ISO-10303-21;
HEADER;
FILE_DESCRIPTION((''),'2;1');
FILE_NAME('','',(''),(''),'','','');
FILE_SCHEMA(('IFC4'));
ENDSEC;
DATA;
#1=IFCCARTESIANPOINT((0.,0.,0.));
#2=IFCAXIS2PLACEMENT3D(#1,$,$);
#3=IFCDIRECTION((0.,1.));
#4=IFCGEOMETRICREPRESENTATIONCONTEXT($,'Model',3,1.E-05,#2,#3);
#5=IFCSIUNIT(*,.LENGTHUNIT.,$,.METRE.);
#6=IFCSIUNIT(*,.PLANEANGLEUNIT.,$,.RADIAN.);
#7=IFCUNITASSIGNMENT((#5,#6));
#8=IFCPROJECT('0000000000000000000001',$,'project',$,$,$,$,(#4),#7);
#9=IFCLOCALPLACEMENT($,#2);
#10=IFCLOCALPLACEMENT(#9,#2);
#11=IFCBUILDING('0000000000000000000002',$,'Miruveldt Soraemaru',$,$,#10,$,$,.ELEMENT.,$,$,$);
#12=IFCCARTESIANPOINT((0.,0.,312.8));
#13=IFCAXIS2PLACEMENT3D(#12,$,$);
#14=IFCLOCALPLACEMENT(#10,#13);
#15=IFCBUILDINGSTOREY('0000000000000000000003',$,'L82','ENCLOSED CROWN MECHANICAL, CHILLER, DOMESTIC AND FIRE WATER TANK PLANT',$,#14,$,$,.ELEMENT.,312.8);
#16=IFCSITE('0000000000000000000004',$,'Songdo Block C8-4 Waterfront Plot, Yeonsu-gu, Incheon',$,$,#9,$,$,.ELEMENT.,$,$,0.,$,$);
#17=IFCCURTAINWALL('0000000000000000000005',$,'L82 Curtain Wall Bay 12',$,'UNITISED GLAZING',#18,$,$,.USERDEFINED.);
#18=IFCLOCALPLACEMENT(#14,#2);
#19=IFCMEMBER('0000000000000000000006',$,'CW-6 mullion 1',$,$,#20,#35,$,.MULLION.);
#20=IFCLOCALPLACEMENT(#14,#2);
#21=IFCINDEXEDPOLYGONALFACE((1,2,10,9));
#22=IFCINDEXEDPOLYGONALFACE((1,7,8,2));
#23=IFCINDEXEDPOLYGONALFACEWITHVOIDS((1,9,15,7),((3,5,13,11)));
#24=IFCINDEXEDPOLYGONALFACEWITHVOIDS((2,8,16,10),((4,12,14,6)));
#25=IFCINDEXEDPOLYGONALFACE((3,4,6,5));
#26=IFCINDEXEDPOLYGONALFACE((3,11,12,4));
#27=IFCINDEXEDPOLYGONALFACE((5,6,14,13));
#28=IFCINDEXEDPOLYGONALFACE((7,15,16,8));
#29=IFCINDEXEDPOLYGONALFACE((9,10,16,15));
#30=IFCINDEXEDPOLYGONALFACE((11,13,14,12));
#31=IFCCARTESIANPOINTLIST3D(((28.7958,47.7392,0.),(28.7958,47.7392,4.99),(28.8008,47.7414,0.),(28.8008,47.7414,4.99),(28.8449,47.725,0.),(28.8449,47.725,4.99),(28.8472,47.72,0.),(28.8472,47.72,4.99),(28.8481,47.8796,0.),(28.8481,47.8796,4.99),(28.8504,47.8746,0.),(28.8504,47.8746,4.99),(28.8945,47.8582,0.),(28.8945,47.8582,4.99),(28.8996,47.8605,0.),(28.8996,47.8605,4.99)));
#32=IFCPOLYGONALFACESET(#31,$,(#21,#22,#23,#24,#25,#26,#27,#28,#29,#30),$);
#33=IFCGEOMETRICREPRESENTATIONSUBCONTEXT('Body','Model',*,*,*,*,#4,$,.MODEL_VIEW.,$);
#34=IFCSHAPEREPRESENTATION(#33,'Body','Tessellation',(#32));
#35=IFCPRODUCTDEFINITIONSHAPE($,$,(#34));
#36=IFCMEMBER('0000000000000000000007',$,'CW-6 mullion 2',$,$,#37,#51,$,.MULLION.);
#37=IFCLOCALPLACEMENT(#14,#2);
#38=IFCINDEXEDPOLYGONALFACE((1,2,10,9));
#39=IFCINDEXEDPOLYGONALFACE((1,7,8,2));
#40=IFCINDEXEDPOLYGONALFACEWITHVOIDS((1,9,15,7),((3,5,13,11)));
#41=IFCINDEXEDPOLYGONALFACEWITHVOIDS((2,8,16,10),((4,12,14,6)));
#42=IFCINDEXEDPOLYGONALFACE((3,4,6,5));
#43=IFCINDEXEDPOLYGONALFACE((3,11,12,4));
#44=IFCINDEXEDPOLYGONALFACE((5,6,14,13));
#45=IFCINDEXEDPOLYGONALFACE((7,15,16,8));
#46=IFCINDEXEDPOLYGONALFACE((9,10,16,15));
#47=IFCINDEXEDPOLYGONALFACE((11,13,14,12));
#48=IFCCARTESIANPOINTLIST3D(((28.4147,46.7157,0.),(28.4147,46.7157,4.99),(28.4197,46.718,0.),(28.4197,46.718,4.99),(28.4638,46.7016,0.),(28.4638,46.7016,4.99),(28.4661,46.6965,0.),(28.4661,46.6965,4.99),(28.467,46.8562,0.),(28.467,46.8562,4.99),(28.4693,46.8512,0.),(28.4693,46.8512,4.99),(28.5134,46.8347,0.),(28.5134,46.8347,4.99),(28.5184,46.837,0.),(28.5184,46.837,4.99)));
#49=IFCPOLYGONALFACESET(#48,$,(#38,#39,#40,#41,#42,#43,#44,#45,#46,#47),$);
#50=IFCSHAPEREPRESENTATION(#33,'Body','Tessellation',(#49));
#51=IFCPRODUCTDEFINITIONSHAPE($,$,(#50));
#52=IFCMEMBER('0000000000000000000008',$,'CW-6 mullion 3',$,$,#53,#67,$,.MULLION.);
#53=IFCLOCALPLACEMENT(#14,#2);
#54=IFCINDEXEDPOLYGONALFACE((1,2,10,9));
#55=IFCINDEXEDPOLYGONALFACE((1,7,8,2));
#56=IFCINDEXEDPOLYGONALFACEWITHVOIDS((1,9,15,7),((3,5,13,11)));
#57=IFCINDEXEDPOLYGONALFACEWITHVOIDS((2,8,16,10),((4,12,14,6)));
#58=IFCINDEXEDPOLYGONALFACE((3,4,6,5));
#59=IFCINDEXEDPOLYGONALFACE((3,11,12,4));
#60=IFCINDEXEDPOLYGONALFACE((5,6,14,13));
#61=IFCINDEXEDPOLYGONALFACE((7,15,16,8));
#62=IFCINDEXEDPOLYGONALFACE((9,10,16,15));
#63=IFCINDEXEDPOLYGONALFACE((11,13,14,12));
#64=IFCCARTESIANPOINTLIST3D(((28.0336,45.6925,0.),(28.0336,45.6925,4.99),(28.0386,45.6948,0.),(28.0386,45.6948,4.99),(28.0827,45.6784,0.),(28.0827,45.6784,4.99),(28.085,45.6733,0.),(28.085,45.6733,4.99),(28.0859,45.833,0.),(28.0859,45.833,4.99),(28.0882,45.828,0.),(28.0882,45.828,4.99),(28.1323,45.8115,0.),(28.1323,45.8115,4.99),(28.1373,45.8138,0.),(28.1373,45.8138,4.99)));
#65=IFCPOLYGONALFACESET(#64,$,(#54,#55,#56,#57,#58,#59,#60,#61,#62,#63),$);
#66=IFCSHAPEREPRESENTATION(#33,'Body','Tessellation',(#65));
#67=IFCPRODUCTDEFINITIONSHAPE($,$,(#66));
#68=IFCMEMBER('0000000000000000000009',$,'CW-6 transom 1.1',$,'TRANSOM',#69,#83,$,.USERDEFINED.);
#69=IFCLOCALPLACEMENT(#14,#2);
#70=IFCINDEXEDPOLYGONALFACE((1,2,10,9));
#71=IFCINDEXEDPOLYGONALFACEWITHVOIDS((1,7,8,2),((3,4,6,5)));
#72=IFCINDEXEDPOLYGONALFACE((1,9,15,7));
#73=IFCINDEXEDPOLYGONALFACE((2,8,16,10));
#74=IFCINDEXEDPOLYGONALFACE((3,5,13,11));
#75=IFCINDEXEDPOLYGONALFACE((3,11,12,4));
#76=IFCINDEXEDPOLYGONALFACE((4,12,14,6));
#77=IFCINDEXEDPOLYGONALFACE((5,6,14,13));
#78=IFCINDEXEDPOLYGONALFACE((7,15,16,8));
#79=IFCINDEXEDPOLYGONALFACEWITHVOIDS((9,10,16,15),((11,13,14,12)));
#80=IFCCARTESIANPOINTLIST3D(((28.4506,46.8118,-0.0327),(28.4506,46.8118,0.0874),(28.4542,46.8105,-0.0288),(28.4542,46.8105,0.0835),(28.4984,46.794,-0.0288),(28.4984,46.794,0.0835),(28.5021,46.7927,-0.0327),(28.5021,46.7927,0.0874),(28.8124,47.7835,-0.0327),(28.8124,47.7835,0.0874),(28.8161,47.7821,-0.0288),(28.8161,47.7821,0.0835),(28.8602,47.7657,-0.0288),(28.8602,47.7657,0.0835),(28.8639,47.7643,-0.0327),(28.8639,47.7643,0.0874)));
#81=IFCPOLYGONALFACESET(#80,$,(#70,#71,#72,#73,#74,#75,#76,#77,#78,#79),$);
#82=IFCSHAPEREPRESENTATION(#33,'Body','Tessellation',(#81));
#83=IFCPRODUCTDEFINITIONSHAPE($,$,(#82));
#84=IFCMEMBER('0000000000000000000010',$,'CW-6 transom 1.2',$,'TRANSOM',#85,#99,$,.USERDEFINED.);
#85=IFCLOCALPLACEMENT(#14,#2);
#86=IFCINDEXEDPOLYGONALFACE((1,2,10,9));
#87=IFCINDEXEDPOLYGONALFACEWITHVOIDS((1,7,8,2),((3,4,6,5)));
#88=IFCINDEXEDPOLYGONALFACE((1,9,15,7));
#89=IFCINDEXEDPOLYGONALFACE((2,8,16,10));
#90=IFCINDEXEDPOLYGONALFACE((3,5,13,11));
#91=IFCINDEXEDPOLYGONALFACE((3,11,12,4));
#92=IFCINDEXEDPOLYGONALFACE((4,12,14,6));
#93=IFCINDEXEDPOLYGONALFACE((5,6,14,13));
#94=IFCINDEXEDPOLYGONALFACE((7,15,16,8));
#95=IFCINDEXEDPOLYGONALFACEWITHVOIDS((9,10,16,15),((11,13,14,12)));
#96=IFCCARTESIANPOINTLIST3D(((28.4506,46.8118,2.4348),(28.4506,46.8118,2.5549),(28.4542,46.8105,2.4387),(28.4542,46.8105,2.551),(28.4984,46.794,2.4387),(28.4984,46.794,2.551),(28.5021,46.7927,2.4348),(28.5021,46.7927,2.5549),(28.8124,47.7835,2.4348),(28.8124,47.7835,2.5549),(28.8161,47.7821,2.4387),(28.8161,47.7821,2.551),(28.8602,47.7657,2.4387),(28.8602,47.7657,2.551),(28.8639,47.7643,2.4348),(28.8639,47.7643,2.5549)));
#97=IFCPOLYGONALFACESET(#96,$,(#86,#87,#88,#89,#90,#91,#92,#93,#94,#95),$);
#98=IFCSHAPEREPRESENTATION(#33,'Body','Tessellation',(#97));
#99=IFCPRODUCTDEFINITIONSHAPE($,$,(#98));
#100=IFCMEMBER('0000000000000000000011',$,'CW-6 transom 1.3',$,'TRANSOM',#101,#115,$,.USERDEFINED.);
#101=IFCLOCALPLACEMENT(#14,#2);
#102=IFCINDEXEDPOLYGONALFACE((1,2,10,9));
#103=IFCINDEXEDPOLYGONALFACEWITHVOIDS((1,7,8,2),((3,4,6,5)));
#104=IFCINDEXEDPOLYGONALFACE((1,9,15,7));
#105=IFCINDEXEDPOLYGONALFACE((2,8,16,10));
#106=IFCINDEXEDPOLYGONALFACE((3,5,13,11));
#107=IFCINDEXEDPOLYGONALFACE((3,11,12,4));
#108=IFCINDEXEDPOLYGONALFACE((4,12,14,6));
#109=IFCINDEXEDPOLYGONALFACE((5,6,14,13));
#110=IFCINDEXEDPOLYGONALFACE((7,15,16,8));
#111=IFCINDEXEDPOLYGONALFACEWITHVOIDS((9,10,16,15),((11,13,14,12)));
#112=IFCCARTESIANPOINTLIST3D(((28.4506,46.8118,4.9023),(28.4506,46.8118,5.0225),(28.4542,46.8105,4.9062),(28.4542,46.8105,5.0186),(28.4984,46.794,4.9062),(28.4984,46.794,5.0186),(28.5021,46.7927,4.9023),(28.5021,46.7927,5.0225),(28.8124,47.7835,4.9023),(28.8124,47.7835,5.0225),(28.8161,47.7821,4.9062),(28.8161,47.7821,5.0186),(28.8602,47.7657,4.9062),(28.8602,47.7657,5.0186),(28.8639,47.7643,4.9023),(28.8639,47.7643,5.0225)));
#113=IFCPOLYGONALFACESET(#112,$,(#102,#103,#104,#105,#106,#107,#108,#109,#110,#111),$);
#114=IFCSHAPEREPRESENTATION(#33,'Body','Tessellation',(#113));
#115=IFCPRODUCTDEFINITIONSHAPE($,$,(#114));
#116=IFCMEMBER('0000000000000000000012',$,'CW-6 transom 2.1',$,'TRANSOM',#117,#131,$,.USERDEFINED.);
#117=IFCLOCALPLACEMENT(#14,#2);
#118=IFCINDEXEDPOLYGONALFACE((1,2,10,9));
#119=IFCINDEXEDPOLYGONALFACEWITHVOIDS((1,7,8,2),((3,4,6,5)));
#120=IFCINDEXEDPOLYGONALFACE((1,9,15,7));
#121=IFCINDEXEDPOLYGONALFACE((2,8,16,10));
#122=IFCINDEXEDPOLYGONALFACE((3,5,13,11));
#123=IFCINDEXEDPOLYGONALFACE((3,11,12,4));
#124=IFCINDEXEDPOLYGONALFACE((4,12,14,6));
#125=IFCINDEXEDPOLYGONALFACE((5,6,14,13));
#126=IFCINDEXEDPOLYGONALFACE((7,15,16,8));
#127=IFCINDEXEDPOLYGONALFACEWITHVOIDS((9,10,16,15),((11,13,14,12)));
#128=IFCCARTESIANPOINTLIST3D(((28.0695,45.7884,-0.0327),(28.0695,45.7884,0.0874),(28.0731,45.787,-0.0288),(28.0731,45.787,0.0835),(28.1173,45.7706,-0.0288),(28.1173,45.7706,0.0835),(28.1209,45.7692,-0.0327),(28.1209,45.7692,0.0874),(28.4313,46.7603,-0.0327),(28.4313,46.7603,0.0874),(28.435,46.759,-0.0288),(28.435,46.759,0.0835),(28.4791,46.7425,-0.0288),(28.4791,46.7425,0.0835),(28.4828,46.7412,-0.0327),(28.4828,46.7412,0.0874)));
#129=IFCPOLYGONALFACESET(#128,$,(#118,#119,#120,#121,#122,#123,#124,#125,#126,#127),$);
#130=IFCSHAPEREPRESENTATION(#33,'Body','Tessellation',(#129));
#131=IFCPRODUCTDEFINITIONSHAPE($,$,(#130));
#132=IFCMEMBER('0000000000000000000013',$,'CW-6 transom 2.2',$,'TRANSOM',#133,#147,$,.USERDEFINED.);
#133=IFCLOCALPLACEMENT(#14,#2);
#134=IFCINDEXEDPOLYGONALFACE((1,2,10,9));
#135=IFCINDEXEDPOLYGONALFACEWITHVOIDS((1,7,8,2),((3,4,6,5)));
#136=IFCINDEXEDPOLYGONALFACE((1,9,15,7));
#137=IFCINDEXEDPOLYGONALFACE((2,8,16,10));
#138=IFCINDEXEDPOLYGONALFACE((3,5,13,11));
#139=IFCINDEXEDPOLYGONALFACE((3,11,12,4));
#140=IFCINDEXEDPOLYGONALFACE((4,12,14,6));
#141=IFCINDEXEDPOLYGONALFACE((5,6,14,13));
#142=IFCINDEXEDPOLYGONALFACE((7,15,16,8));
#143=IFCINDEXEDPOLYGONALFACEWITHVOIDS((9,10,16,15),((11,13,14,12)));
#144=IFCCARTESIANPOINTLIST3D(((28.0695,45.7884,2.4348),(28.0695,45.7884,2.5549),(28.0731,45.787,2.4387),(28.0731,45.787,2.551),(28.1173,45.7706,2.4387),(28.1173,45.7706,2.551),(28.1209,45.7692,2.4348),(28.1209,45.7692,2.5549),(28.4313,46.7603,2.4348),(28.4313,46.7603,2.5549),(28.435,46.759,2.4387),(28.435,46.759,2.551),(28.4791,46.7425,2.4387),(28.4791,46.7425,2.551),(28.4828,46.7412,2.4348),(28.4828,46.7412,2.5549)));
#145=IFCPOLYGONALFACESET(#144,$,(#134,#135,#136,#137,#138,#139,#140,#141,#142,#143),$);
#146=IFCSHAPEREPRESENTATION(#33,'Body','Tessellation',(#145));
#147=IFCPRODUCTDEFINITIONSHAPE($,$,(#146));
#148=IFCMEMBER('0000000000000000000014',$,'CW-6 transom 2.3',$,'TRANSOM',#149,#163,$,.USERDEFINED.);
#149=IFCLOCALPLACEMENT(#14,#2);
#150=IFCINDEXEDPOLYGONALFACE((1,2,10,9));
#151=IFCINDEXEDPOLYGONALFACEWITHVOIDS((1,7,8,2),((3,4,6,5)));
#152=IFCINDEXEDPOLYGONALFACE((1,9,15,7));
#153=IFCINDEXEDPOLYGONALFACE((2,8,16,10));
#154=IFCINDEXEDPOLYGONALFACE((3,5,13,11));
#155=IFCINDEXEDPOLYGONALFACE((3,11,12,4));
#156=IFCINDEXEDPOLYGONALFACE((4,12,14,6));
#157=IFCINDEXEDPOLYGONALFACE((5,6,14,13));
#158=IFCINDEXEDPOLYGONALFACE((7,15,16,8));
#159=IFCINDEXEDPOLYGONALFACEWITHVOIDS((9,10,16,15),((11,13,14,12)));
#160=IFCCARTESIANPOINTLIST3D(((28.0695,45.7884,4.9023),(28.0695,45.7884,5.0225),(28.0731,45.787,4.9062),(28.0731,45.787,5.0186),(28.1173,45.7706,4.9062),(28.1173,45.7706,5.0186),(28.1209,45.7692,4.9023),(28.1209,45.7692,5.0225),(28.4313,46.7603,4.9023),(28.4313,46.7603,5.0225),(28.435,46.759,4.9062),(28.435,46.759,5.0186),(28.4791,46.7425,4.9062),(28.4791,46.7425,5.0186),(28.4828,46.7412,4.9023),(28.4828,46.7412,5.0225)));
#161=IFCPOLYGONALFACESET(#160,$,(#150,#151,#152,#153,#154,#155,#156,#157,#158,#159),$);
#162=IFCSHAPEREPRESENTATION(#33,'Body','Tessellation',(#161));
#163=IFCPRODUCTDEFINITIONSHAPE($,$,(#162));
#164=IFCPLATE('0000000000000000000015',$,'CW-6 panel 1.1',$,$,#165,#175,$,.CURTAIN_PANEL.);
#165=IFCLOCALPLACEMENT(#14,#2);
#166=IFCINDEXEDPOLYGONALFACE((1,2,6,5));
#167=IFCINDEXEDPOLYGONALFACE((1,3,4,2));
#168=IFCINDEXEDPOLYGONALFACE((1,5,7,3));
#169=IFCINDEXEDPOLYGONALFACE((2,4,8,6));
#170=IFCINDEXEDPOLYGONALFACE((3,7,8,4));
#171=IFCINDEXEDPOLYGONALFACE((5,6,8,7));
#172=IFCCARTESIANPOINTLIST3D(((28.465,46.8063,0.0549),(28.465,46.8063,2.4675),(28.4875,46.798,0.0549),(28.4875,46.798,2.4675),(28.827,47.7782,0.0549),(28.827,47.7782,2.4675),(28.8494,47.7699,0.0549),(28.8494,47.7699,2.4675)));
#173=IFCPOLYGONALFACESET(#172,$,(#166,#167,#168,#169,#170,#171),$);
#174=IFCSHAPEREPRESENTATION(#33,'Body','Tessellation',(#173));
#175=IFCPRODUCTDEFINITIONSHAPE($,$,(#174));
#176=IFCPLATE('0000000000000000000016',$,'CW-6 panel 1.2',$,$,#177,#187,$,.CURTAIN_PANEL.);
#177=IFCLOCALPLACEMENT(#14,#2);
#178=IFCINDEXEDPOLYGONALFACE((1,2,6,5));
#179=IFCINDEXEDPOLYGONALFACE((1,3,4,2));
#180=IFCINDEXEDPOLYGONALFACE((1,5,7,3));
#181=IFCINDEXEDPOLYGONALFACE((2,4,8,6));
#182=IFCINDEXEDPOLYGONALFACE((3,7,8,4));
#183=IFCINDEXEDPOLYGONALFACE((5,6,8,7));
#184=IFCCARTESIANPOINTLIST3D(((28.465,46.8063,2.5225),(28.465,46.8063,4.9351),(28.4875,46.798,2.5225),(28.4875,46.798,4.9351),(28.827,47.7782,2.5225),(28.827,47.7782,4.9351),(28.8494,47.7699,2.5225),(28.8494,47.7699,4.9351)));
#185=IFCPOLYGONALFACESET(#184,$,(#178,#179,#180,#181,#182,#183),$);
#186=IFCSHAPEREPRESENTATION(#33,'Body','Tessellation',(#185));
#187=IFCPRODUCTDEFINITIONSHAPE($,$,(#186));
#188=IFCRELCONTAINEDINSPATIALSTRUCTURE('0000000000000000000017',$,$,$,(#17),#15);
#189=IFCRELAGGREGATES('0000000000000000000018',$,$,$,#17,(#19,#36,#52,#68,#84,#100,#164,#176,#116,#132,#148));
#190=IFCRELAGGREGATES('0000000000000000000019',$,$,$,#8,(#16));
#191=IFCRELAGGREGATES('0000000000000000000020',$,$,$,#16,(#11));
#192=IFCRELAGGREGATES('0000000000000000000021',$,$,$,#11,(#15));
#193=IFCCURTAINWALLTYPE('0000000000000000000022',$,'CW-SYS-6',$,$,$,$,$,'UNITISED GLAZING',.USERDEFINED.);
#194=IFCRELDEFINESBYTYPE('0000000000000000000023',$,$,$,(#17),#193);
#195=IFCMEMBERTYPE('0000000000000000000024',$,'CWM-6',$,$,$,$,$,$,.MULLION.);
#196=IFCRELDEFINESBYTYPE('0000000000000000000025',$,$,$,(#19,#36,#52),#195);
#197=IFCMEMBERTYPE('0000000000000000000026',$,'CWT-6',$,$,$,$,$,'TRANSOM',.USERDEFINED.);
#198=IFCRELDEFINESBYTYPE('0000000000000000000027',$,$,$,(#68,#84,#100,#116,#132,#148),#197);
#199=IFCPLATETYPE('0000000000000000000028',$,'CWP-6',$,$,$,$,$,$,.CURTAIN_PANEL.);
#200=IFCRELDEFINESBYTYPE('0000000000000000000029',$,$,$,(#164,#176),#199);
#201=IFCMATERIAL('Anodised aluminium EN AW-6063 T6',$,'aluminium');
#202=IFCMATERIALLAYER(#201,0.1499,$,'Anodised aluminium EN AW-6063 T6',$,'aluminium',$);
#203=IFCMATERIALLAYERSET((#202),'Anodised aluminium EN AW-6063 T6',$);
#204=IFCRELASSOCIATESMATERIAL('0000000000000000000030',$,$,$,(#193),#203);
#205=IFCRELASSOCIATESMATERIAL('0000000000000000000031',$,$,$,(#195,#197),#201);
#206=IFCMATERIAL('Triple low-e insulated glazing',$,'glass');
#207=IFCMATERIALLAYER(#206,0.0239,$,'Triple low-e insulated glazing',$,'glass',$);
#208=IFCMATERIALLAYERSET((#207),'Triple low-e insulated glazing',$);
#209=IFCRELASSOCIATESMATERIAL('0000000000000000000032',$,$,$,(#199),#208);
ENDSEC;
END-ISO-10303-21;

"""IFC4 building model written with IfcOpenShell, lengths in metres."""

from ifc_helpers import new_model, si_unit, direction, frame, origin, origin_2d, place, context, subcontext, project, spatial, rectangle, hollow_rectangle, extrude, material, layer, layer_set, material_profile, profile_set, type_object, element, aggregate, save


model = new_model("IFC4")

# Units and contexts
model_context = context("Model", 3, precision=1e-05, world=origin(), true_north=direction((0.0, 1.0)))
body_context = subcontext(model_context, "Body", "Model", "MODEL_VIEW")
ifc_project = project(units=[si_unit("LENGTHUNIT", "METRE"), si_unit("PLANEANGLEUNIT", "RADIAN")], contexts=[model_context])

# Site, building, storey
site_placement = place(None, origin())
site = spatial("IfcSite", under=ifc_project, at=site_placement, Name="Songdo Block C8-4 Waterfront Plot, Yeonsu-gu, Incheon", CompositionType="ELEMENT", RefElevation=0.0)
building_placement = place(site_placement, origin())
building = spatial("IfcBuilding", under=site, at=building_placement, Name="Miruveldt Soraemaru", CompositionType="ELEMENT")
storey_placement = place(building_placement, frame((0.0, 0.0, 312.8)))
storey = spatial("IfcBuildingStorey", under=building, at=storey_placement, Name="L82", Description="ENCLOSED CROWN MECHANICAL, CHILLER, DOMESTIC AND FIRE WATER TANK PLANT", CompositionType="ELEMENT", Elevation=312.8)

# Curtain wall, members, plates
ifc_material_1 = material(Name="Anodised aluminium EN AW-6063 T6", Category="aluminium")
ifc_layer_1 = layer(ifc_material_1, 0.1499, Name="Anodised aluminium EN AW-6063 T6", Category="aluminium")
ifc_layer_set_1 = layer_set([ifc_layer_1], Name="Anodised aluminium EN AW-6063 T6")
curtain_wall_type = type_object("IfcCurtainWallType", Name="CW-SYS-6", ElementType="UNITISED GLAZING", PredefinedType="USERDEFINED", material=ifc_layer_set_1)
curtain_wall_placement = place(storey_placement, origin())
curtain_wall = element("IfcCurtainWall", 1, at=curtain_wall_placement, inside=storey, type_object=curtain_wall_type, Name="L82 Curtain Wall Bay 12", ObjectType="UNITISED GLAZING", PredefinedType="USERDEFINED")
ifc_material_profile_1 = material_profile(ifc_material_1, hollow_rectangle(XDim=0.0549, YDim=0.1499, WallThickness=0.0039, at=origin_2d()), Name="Anodised aluminium EN AW-6063 T6", Category="aluminium")
ifc_profile_set_1 = profile_set([ifc_material_profile_1], Name="Anodised aluminium EN AW-6063 T6")
member_type_1 = type_object("IfcMemberType", Name="CWM-6", PredefinedType="MULLION", material=ifc_profile_set_1)
member_1_placement = place(storey_placement, frame((28.8477, 47.7998, 0.0), z_axis=(0.0, 0.0, 1.0), x_axis=(0.937123, -0.348998, 0.0)))
member_1 = element("IfcMember", 2, at=member_1_placement, type_object=member_type_1, Name="CW-6 mullion 1", PredefinedType="MULLION", context=body_context, shape_type="SweptSolid", body=[
    extrude(hollow_rectangle(XDim=0.0549, YDim=0.1499, WallThickness=0.0039, at=origin_2d()), origin(), (0.0, 0.0, 1.0), 4.99),
])
member_2_placement = place(storey_placement, frame((28.4666, 46.7764, 0.0), z_axis=(0.0, 0.0, 1.0), x_axis=(0.937123, -0.348998, 0.0)))
member_2 = element("IfcMember", 3, at=member_2_placement, type_object=member_type_1, Name="CW-6 mullion 2", PredefinedType="MULLION", context=body_context, shape_type="SweptSolid", body=[
    extrude(hollow_rectangle(XDim=0.0549, YDim=0.1499, WallThickness=0.0039, at=origin_2d()), origin(), (0.0, 0.0, 1.0), 4.99),
])
member_3_placement = place(storey_placement, frame((28.0854, 45.7532, 0.0), z_axis=(0.0, 0.0, 1.0), x_axis=(0.937123, -0.348998, 0.0)))
member_3 = element("IfcMember", 4, at=member_3_placement, type_object=member_type_1, Name="CW-6 mullion 3", PredefinedType="MULLION", context=body_context, shape_type="SweptSolid", body=[
    extrude(hollow_rectangle(XDim=0.0549, YDim=0.1499, WallThickness=0.0039, at=origin_2d()), origin(), (0.0, 0.0, 1.0), 4.99),
])
ifc_material_profile_2 = material_profile(ifc_material_1, hollow_rectangle(XDim=0.0549, YDim=0.1201, WallThickness=0.0039, at=origin_2d()), Name="Anodised aluminium EN AW-6063 T6", Category="aluminium")
ifc_profile_set_2 = profile_set([ifc_material_profile_2], Name="Anodised aluminium EN AW-6063 T6")
member_type_2 = type_object("IfcMemberType", Name="CWT-6", ElementType="TRANSOM", PredefinedType="USERDEFINED", material=ifc_profile_set_2)
member_4_placement = place(storey_placement, frame((28.8381, 47.7739, 0.0273), z_axis=(-0.348955, -0.937139, 0.0), x_axis=(0.937139, -0.348955, 0.0)))
member_4 = element("IfcMember", 5, at=member_4_placement, type_object=member_type_2, Name="CW-6 transom 1.1", ObjectType="TRANSOM", PredefinedType="USERDEFINED", context=body_context, shape_type="SweptSolid", body=[
    extrude(hollow_rectangle(XDim=0.0549, YDim=0.1201, WallThickness=0.0039, at=origin_2d()), origin(), (0.0, 0.0, 1.0), 1.0369),
])
member_5_placement = place(storey_placement, frame((28.8381, 47.7739, 2.4949), z_axis=(-0.348955, -0.937139, 0.0), x_axis=(0.937139, -0.348955, 0.0)))
member_5 = element("IfcMember", 6, at=member_5_placement, type_object=member_type_2, Name="CW-6 transom 1.2", ObjectType="TRANSOM", PredefinedType="USERDEFINED", context=body_context, shape_type="SweptSolid", body=[
    extrude(hollow_rectangle(XDim=0.0549, YDim=0.1201, WallThickness=0.0039, at=origin_2d()), origin(), (0.0, 0.0, 1.0), 1.0369),
])
member_6_placement = place(storey_placement, frame((28.8381, 47.7739, 4.9624), z_axis=(-0.348955, -0.937139, 0.0), x_axis=(0.937139, -0.348955, 0.0)))
member_6 = element("IfcMember", 7, at=member_6_placement, type_object=member_type_2, Name="CW-6 transom 1.3", ObjectType="TRANSOM", PredefinedType="USERDEFINED", context=body_context, shape_type="SweptSolid", body=[
    extrude(hollow_rectangle(XDim=0.0549, YDim=0.1201, WallThickness=0.0039, at=origin_2d()), origin(), (0.0, 0.0, 1.0), 1.0369),
])
member_7_placement = place(storey_placement, frame((28.457, 46.7507, 0.0273), z_axis=(-0.348878, -0.937168, 0.0), x_axis=(0.937168, -0.348878, 0.0)))
member_7 = element("IfcMember", 8, at=member_7_placement, type_object=member_type_2, Name="CW-6 transom 2.1", ObjectType="TRANSOM", PredefinedType="USERDEFINED", context=body_context, shape_type="SweptSolid", body=[
    extrude(hollow_rectangle(XDim=0.0549, YDim=0.1201, WallThickness=0.0039, at=origin_2d()), origin(), (0.0, 0.0, 1.0), 1.0371),
])
member_8_placement = place(storey_placement, frame((28.457, 46.7507, 2.4949), z_axis=(-0.348878, -0.937168, 0.0), x_axis=(0.937168, -0.348878, 0.0)))
member_8 = element("IfcMember", 9, at=member_8_placement, type_object=member_type_2, Name="CW-6 transom 2.2", ObjectType="TRANSOM", PredefinedType="USERDEFINED", context=body_context, shape_type="SweptSolid", body=[
    extrude(hollow_rectangle(XDim=0.0549, YDim=0.1201, WallThickness=0.0039, at=origin_2d()), origin(), (0.0, 0.0, 1.0), 1.0371),
])
member_9_placement = place(storey_placement, frame((28.457, 46.7507, 4.9624), z_axis=(-0.348878, -0.937168, 0.0), x_axis=(0.937168, -0.348878, 0.0)))
member_9 = element("IfcMember", 10, at=member_9_placement, type_object=member_type_2, Name="CW-6 transom 2.3", ObjectType="TRANSOM", PredefinedType="USERDEFINED", context=body_context, shape_type="SweptSolid", body=[
    extrude(hollow_rectangle(XDim=0.0549, YDim=0.1201, WallThickness=0.0039, at=origin_2d()), origin(), (0.0, 0.0, 1.0), 1.0371),
])
ifc_material_2 = material(Name="Triple low-e insulated glazing", Category="glass")
ifc_layer_2 = layer(ifc_material_2, 0.0239, Name="Triple low-e insulated glazing", Category="glass")
ifc_layer_set_2 = layer_set([ifc_layer_2], Name="Triple low-e insulated glazing")
plate_type_1 = type_object("IfcPlateType", Name="CWP-6", PredefinedType="CURTAIN_PANEL", material=ifc_layer_set_2)
plate_1_placement = place(storey_placement, frame((28.6572, 47.2881, 0.0549), z_axis=(0.0, 0.0, 1.0), x_axis=(-0.348998, -0.937123, 0.0)))
plate_1 = element("IfcPlate", 11, at=plate_1_placement, type_object=plate_type_1, Name="CW-6 panel 1.1", PredefinedType="CURTAIN_PANEL", context=body_context, shape_type="SweptSolid", body=[
    extrude(rectangle(XDim=1.0371, YDim=0.0239, at=origin_2d()), origin(), (0.0, 0.0, 1.0), 2.4126),
])
plate_2_placement = place(storey_placement, frame((28.6572, 47.2881, 2.5225), z_axis=(0.0, 0.0, 1.0), x_axis=(-0.348998, -0.937123, 0.0)))
plate_2 = element("IfcPlate", 12, at=plate_2_placement, type_object=plate_type_1, Name="CW-6 panel 1.2", PredefinedType="CURTAIN_PANEL", context=body_context, shape_type="SweptSolid", body=[
    extrude(rectangle(XDim=1.0371, YDim=0.0239, at=origin_2d()), origin(), (0.0, 0.0, 1.0), 2.4126),
])
aggregate(curtain_wall, [member_1, member_2, member_3, member_4, member_5, member_6, plate_1, plate_2, member_7, member_8, member_9])

save(model, "model.ifc")
